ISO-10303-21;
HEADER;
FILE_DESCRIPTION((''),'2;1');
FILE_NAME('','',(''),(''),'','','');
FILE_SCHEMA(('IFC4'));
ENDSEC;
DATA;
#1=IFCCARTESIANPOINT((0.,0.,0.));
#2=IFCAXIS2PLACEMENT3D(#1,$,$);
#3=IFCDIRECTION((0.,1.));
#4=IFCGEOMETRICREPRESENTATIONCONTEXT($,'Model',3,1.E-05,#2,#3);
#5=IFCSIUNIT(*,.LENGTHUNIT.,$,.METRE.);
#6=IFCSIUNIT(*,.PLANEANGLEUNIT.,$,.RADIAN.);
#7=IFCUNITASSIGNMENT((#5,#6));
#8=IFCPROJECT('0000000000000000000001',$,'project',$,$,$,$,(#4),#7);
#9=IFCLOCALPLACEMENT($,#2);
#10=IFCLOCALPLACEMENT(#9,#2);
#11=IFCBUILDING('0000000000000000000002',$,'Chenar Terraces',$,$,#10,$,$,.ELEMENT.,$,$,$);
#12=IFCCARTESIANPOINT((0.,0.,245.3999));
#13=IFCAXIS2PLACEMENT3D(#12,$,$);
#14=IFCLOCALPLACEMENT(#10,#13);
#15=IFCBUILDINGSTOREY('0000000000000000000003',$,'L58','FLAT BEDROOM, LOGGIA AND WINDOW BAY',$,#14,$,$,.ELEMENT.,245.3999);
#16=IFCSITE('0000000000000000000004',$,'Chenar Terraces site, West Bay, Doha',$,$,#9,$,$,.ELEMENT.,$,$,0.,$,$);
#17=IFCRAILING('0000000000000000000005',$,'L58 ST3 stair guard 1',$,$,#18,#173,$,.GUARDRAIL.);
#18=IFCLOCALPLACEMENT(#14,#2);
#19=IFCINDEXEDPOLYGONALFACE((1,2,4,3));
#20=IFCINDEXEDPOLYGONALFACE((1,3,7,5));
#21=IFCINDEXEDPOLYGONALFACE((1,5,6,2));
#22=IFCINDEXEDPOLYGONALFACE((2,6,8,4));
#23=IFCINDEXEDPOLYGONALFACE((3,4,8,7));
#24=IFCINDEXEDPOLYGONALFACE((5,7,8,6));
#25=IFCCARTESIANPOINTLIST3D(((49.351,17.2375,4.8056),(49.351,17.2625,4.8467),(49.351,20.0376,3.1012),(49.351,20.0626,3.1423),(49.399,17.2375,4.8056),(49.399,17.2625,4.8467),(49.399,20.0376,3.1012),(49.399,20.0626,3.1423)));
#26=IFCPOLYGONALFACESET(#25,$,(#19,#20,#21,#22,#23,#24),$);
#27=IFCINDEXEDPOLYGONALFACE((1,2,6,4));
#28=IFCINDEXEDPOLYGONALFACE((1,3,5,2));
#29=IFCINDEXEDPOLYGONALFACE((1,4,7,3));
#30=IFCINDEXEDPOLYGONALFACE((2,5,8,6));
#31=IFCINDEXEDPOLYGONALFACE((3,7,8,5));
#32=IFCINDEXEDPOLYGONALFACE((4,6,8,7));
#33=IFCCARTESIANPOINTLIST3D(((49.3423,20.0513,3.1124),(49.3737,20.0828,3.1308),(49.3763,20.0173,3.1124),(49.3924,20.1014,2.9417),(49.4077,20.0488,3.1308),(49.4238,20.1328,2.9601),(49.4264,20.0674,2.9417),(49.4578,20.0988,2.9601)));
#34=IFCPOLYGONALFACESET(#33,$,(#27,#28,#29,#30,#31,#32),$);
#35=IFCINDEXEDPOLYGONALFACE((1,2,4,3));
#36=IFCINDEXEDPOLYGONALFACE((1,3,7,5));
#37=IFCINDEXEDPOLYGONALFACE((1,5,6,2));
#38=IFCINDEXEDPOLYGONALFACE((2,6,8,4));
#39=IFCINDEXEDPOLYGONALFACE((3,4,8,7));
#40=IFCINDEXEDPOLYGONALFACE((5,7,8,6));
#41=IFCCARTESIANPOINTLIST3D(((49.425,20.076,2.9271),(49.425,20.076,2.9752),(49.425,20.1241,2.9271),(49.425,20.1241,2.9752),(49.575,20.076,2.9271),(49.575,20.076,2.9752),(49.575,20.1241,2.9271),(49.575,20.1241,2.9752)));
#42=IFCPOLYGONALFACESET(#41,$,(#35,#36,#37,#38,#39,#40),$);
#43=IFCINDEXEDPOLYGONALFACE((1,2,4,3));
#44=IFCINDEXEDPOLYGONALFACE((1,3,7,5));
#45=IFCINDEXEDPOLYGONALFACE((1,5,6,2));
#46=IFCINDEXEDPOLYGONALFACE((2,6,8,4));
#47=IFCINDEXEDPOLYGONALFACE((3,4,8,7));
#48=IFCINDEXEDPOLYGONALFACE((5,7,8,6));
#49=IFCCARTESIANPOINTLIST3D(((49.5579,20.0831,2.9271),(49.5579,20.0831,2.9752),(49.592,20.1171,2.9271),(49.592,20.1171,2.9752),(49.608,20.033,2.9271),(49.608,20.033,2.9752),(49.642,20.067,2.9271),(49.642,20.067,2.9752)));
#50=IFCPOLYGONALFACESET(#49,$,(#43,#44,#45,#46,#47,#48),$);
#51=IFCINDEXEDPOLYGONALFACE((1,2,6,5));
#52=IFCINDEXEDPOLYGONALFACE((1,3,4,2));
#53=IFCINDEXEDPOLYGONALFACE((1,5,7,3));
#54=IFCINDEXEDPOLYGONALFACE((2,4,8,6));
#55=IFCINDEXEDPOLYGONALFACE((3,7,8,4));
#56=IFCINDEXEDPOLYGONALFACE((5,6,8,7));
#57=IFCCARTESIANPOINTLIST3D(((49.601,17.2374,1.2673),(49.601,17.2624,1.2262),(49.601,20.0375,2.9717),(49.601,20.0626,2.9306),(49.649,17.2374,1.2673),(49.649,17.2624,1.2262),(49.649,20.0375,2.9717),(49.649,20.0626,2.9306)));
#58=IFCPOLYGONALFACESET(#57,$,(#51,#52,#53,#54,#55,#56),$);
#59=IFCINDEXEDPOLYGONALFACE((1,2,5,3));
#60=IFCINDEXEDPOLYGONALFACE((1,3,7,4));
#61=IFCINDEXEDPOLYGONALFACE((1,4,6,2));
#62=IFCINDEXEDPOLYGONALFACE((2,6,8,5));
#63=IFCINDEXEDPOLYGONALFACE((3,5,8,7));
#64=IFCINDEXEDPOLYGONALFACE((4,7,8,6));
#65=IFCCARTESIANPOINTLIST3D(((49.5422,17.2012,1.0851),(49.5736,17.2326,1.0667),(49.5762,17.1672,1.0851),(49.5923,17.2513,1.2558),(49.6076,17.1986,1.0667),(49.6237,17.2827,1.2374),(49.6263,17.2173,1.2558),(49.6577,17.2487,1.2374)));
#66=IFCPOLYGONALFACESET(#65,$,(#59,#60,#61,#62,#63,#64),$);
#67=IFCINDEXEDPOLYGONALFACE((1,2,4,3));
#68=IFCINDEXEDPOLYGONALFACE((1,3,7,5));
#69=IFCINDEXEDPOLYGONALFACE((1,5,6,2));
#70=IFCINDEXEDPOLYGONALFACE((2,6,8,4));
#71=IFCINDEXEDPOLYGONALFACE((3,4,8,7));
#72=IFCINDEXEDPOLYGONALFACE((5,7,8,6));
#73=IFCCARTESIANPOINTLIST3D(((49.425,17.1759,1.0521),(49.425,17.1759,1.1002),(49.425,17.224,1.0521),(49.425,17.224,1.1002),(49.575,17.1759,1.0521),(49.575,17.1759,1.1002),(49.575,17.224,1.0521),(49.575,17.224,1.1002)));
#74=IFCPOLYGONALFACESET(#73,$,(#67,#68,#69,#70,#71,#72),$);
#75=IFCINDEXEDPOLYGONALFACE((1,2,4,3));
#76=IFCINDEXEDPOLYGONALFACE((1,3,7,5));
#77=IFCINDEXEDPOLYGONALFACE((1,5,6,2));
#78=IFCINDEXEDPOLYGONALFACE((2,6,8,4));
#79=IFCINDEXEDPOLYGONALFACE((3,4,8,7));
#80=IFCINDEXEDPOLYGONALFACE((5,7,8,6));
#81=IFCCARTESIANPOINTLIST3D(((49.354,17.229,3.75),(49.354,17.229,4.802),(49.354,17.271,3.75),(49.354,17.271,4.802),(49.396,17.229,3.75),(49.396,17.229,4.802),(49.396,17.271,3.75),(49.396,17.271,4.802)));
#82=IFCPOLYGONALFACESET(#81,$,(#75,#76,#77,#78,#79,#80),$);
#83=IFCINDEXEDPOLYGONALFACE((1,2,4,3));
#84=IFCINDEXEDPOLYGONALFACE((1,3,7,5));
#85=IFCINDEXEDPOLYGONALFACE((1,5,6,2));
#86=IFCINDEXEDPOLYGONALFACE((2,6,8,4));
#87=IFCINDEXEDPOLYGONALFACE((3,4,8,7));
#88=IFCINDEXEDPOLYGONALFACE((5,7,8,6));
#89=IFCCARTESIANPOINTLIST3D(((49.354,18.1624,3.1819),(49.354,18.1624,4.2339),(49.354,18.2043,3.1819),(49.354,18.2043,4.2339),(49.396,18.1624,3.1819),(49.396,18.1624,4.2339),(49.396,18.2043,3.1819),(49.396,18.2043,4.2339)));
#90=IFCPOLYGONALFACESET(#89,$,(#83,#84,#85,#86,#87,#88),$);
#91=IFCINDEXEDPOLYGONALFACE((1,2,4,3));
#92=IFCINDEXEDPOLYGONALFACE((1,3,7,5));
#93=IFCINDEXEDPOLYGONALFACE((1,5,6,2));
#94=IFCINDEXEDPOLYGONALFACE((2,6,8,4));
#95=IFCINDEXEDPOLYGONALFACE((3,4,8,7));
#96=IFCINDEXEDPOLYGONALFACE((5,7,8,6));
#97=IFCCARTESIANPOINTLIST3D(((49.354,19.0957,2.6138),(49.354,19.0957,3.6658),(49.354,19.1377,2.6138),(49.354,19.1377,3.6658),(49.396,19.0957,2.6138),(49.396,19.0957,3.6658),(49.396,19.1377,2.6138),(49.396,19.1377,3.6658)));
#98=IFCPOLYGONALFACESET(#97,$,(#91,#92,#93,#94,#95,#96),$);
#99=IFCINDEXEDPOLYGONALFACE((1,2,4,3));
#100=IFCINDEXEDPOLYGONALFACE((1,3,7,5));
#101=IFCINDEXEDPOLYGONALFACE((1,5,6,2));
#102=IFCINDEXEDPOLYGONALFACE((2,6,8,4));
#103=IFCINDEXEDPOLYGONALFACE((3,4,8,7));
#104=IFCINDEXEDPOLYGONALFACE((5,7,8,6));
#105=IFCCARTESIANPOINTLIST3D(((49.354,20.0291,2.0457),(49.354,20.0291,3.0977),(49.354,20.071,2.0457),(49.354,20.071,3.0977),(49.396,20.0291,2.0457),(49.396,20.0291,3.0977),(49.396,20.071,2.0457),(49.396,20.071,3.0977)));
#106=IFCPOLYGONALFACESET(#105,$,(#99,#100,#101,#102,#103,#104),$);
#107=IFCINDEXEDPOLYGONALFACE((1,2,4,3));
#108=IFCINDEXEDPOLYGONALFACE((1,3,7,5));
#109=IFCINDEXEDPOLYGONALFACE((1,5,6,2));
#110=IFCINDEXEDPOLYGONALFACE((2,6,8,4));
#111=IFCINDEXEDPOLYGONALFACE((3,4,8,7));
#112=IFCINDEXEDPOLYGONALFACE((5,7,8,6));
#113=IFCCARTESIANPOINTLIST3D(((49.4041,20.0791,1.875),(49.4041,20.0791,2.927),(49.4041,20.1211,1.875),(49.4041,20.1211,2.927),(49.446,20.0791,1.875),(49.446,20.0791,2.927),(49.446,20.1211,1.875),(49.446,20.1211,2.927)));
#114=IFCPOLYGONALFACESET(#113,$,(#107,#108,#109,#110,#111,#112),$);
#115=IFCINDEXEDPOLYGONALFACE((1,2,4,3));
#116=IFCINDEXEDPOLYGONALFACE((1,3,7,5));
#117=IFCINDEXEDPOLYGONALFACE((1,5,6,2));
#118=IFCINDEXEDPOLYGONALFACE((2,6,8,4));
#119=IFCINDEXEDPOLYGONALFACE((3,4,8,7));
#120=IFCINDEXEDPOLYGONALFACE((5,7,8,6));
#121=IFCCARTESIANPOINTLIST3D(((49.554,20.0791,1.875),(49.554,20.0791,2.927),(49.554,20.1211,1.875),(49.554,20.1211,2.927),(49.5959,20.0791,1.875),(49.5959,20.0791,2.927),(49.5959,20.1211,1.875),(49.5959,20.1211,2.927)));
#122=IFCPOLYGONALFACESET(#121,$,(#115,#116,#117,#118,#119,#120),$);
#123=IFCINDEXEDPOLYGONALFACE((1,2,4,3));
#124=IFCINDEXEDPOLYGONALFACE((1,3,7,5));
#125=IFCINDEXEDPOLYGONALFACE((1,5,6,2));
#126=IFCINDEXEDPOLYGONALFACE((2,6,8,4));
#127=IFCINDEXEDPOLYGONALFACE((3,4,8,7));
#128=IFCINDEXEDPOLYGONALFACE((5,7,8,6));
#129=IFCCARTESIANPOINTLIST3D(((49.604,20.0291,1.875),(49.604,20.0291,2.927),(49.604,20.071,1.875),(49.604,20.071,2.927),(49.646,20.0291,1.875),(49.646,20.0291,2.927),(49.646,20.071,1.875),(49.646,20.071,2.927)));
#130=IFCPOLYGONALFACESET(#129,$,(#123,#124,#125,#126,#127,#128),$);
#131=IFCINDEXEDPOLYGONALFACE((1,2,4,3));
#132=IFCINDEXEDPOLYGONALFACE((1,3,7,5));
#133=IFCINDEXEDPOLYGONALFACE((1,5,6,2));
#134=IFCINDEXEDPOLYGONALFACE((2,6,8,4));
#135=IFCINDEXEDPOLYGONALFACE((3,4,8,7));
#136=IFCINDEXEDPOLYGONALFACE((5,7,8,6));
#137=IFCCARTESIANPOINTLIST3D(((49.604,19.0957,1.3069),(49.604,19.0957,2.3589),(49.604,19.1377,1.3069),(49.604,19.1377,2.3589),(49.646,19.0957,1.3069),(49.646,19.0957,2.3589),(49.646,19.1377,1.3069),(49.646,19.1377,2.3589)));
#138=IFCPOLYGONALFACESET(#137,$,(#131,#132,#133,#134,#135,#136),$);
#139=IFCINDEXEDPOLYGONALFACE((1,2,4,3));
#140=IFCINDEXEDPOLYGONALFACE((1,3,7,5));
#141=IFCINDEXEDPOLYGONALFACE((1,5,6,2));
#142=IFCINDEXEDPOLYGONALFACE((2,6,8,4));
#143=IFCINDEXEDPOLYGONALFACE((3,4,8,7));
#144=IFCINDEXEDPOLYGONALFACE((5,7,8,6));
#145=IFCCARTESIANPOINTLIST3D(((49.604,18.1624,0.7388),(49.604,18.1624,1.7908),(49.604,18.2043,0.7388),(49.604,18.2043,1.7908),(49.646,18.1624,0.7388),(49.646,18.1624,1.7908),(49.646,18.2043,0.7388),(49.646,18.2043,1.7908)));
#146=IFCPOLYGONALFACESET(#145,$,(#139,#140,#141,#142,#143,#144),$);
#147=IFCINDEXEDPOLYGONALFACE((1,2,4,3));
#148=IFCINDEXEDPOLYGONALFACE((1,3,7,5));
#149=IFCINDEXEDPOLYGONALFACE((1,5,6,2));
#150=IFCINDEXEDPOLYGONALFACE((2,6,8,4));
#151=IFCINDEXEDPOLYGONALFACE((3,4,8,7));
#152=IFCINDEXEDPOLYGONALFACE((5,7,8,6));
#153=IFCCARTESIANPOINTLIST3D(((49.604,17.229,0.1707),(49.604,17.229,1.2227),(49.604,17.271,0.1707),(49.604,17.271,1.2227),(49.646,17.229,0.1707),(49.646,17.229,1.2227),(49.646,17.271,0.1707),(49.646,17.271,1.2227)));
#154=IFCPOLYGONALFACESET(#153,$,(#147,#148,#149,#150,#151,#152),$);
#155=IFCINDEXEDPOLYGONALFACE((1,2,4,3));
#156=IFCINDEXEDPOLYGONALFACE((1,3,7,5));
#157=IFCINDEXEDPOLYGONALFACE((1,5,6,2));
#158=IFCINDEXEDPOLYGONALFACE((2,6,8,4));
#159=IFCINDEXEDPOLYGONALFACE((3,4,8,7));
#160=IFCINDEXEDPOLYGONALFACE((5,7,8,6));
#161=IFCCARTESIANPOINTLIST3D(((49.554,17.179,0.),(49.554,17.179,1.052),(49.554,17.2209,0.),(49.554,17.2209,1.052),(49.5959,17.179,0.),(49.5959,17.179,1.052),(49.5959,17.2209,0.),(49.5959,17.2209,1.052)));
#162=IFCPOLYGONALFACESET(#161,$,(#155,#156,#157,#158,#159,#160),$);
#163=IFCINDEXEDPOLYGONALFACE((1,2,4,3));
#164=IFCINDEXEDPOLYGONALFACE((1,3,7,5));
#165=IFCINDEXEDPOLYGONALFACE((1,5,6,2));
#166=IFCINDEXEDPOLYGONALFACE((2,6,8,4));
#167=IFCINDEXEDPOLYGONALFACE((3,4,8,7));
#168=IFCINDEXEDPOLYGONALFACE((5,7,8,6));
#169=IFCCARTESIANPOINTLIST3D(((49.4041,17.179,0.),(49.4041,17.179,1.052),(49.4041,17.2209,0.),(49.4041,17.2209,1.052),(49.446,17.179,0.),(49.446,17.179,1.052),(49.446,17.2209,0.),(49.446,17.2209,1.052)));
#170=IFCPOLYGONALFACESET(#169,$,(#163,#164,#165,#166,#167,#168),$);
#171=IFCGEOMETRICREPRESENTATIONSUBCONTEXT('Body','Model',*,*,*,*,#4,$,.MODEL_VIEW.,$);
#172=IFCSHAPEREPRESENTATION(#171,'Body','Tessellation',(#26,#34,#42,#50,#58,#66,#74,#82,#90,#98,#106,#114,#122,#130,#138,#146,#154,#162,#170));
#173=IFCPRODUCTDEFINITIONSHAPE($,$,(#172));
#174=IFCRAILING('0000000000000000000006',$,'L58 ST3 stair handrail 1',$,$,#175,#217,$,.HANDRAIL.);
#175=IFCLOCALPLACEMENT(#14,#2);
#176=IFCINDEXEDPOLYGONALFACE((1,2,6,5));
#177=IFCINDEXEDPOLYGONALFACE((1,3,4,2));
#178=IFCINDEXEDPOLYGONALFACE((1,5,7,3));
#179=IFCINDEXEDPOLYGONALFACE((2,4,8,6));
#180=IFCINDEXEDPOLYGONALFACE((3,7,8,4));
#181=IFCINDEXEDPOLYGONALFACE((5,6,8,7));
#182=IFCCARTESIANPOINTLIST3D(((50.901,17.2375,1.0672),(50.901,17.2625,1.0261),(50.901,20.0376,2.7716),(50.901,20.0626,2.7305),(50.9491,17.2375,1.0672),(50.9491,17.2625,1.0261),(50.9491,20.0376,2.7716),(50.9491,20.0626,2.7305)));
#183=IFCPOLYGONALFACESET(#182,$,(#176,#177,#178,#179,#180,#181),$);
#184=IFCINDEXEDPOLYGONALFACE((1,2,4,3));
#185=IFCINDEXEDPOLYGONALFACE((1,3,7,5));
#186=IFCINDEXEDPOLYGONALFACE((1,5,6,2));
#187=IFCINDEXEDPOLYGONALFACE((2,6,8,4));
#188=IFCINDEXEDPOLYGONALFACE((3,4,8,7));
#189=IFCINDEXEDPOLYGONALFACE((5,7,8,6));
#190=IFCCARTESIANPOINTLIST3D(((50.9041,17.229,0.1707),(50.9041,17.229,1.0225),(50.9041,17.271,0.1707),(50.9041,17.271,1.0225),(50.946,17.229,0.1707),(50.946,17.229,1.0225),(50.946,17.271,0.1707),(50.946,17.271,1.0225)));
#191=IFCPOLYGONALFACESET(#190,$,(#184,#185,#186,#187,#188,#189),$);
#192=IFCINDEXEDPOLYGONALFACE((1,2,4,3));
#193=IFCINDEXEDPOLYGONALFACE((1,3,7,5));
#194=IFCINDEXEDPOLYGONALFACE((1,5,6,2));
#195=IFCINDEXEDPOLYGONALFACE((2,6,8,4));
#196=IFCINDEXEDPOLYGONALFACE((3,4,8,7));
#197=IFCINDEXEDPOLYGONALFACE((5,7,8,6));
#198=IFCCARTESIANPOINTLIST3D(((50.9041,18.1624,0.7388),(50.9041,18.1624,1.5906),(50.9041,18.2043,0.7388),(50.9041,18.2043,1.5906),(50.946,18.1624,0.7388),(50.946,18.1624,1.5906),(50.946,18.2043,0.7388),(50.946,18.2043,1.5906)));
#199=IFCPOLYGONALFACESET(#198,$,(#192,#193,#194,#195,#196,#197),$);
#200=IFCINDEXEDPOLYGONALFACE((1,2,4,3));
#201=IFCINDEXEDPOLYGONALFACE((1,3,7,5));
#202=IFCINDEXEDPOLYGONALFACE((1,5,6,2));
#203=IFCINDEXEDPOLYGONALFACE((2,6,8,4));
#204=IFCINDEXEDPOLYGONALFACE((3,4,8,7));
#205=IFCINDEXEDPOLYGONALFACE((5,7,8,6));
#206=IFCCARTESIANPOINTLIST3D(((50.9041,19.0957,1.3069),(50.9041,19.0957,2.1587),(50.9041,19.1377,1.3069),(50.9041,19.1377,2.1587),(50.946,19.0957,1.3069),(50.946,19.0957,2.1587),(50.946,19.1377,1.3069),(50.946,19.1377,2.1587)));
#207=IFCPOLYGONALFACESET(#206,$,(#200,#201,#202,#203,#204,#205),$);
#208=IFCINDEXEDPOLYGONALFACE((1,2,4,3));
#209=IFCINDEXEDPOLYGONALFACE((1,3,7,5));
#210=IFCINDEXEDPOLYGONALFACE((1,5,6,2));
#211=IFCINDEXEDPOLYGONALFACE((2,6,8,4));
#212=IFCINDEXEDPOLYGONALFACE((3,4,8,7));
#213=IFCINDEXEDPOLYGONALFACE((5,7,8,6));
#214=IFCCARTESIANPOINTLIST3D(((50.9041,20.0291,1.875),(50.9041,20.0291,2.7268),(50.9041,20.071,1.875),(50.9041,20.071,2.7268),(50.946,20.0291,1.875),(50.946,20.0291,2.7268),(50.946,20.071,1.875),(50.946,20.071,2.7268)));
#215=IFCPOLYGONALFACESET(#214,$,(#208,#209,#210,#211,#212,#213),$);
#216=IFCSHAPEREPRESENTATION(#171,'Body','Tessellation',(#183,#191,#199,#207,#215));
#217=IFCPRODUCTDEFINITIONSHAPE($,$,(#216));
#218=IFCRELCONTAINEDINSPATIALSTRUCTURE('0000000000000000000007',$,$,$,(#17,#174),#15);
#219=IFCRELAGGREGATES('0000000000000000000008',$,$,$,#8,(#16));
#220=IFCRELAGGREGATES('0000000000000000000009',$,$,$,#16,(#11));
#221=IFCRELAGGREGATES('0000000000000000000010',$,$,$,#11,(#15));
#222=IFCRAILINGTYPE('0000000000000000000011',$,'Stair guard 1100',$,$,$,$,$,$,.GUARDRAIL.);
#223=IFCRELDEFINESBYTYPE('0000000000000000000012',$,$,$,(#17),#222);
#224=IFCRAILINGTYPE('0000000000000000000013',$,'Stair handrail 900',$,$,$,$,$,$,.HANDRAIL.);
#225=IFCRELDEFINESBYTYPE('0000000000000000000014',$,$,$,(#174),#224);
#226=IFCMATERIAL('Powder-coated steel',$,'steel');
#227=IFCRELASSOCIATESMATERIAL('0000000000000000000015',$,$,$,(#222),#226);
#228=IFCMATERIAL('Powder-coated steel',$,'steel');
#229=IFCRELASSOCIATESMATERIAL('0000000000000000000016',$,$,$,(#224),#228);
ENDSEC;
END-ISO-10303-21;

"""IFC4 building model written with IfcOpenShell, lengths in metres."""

from ifc_helpers import new_model, si_unit, direction, frame, origin, origin_2d, place, context, subcontext, project, spatial, rectangle, extrude, material, type_object, element, save


model = new_model("IFC4")

# Units and contexts
model_context = context("Model", 3, precision=1e-05, world=origin(), true_north=direction((0.0, 1.0)))
body_context = subcontext(model_context, "Body", "Model", "MODEL_VIEW")
ifc_project = project(units=[si_unit("LENGTHUNIT", "METRE"), si_unit("PLANEANGLEUNIT", "RADIAN")], contexts=[model_context])

# Site, building, storey
site_placement = place(None, origin())
site = spatial("IfcSite", under=ifc_project, at=site_placement, Name="Chenar Terraces site, West Bay, Doha", CompositionType="ELEMENT", RefElevation=0.0)
building_placement = place(site_placement, origin())
building = spatial("IfcBuilding", under=site, at=building_placement, Name="Chenar Terraces", CompositionType="ELEMENT")
storey_placement = place(building_placement, frame((0.0, 0.0, 245.3999)))
storey = spatial("IfcBuildingStorey", under=building, at=storey_placement, Name="L58", Description="FLAT BEDROOM, LOGGIA AND WINDOW BAY", CompositionType="ELEMENT", Elevation=245.3999)

# Railings
ifc_material_1 = material(Name="Powder-coated steel", Category="steel")
railing_type_1 = type_object("IfcRailingType", Name="Stair guard 1100", PredefinedType="GUARDRAIL", material=ifc_material_1)
railing_1_placement = place(storey_placement, frame((49.375, 17.25, 3.75)))
element("IfcRailing", 1, at=railing_1_placement, inside=storey, type_object=railing_type_1, Name="L58 ST3 stair guard 1", PredefinedType="GUARDRAIL", context=body_context, shape_type="SweptSolid", body=[
    extrude(rectangle(XDim=0.0481, YDim=0.0481, at=origin_2d()), frame((0.0, 0.0, 1.0762), z_axis=(0.0, 0.854203, -0.51994), x_axis=(-1.0, 0.0, 0.0)), (0.0, 0.0, 1.0), 3.2781),
    extrude(rectangle(XDim=0.0481, YDim=0.0481, at=origin_2d()), frame((0.0, 2.8, -0.6284), z_axis=(0.2709, 0.2709, -0.923703), x_axis=(-0.707107, 0.707107, 0.0)), (0.0, 0.0, 1.0), 0.1848),
    extrude(rectangle(XDim=0.0481, YDim=0.0481, at=origin_2d()), frame((0.05, 2.8501, -0.7988), z_axis=(1.0, 0.0, 0.0), x_axis=(0.0, 1.0, 0.0)), (0.0, 0.0, 1.0), 0.1499),
    extrude(rectangle(XDim=0.0481, YDim=0.0481, at=origin_2d()), frame((0.2, 2.8501, -0.7988), z_axis=(0.707107, -0.707107, 0.0), x_axis=(0.707107, 0.707107, 0.0)), (0.0, 0.0, 1.0), 0.0708),
    extrude(rectangle(XDim=0.0481, YDim=0.0481, at=origin_2d()), frame((0.25, 2.8, -0.7988), z_axis=(0.0, -0.854203, -0.51994), x_axis=(1.0, 0.0, 0.0)), (0.0, 0.0, 1.0), 3.2781),
    extrude(rectangle(XDim=0.0481, YDim=0.0481, at=origin_2d()), frame((0.25, 0.0, -2.5034), z_axis=(-0.2709, -0.2709, -0.923703), x_axis=(0.707107, -0.707107, 0.0)), (0.0, 0.0, 1.0), 0.1848),
    extrude(rectangle(XDim=0.0481, YDim=0.0481, at=origin_2d()), frame((0.2, -0.05, -2.6738), z_axis=(-1.0, 0.0, 0.0), x_axis=(0.0, -1.0, 0.0)), (0.0, 0.0, 1.0), 0.1499),
    extrude(rectangle(XDim=0.042, YDim=0.042, at=origin_2d()), origin(), (0.0, 0.0, 1.0), 1.052),
    extrude(rectangle(XDim=0.042, YDim=0.042, at=origin_2d()), frame((0.0, 0.9333, -0.5681)), (0.0, 0.0, 1.0), 1.052),
    extrude(rectangle(XDim=0.042, YDim=0.042, at=origin_2d()), frame((0.0, 1.8667, -1.1362)), (0.0, 0.0, 1.0), 1.052),
    extrude(rectangle(XDim=0.042, YDim=0.042, at=origin_2d()), frame((0.0, 2.8, -1.7043)), (0.0, 0.0, 1.0), 1.052),
    extrude(rectangle(XDim=0.042, YDim=0.042, at=origin_2d()), frame((0.05, 2.8501, -1.875)), (0.0, 0.0, 1.0), 1.052),
    extrude(rectangle(XDim=0.042, YDim=0.042, at=origin_2d()), frame((0.2, 2.8501, -1.875)), (0.0, 0.0, 1.0), 1.052),
    extrude(rectangle(XDim=0.042, YDim=0.042, at=origin_2d()), frame((0.25, 2.8, -1.875)), (0.0, 0.0, 1.0), 1.052),
    extrude(rectangle(XDim=0.042, YDim=0.042, at=origin_2d()), frame((0.25, 1.8667, -2.4431)), (0.0, 0.0, 1.0), 1.052),
    extrude(rectangle(XDim=0.042, YDim=0.042, at=origin_2d()), frame((0.25, 0.9333, -3.0112)), (0.0, 0.0, 1.0), 1.052),
    extrude(rectangle(XDim=0.042, YDim=0.042, at=origin_2d()), frame((0.25, 0.0, -3.5793)), (0.0, 0.0, 1.0), 1.052),
    extrude(rectangle(XDim=0.042, YDim=0.042, at=origin_2d()), frame((0.2, -0.05, -3.75)), (0.0, 0.0, 1.0), 1.052),
    extrude(rectangle(XDim=0.042, YDim=0.042, at=origin_2d()), frame((0.05, -0.05, -3.75)), (0.0, 0.0, 1.0), 1.052),
])
ifc_material_2 = material(Name="Powder-coated steel", Category="steel")
railing_type_2 = type_object("IfcRailingType", Name="Stair handrail 900", PredefinedType="HANDRAIL", material=ifc_material_2)
railing_2_placement = place(storey_placement, frame((50.925, 17.25, 0.1707)))
element("IfcRailing", 2, at=railing_2_placement, inside=storey, type_object=railing_type_2, Name="L58 ST3 stair handrail 1", PredefinedType="HANDRAIL", context=body_context, shape_type="SweptSolid", body=[
    extrude(rectangle(XDim=0.0481, YDim=0.0481, at=origin_2d()), frame((0.0, 0.0, 0.876), z_axis=(0.0, 0.854203, 0.51994), x_axis=(-1.0, 0.0, 0.0)), (0.0, 0.0, 1.0), 3.2781),
    extrude(rectangle(XDim=0.042, YDim=0.042, at=origin_2d()), origin(), (0.0, 0.0, 1.0), 0.8518),
    extrude(rectangle(XDim=0.042, YDim=0.042, at=origin_2d()), frame((0.0, 0.9333, 0.5681)), (0.0, 0.0, 1.0), 0.8518),
    extrude(rectangle(XDim=0.042, YDim=0.042, at=origin_2d()), frame((0.0, 1.8667, 1.1362)), (0.0, 0.0, 1.0), 0.8518),
    extrude(rectangle(XDim=0.042, YDim=0.042, at=origin_2d()), frame((0.0, 2.8, 1.7043)), (0.0, 0.0, 1.0), 0.8518),
])

save(model, "model.ifc")
